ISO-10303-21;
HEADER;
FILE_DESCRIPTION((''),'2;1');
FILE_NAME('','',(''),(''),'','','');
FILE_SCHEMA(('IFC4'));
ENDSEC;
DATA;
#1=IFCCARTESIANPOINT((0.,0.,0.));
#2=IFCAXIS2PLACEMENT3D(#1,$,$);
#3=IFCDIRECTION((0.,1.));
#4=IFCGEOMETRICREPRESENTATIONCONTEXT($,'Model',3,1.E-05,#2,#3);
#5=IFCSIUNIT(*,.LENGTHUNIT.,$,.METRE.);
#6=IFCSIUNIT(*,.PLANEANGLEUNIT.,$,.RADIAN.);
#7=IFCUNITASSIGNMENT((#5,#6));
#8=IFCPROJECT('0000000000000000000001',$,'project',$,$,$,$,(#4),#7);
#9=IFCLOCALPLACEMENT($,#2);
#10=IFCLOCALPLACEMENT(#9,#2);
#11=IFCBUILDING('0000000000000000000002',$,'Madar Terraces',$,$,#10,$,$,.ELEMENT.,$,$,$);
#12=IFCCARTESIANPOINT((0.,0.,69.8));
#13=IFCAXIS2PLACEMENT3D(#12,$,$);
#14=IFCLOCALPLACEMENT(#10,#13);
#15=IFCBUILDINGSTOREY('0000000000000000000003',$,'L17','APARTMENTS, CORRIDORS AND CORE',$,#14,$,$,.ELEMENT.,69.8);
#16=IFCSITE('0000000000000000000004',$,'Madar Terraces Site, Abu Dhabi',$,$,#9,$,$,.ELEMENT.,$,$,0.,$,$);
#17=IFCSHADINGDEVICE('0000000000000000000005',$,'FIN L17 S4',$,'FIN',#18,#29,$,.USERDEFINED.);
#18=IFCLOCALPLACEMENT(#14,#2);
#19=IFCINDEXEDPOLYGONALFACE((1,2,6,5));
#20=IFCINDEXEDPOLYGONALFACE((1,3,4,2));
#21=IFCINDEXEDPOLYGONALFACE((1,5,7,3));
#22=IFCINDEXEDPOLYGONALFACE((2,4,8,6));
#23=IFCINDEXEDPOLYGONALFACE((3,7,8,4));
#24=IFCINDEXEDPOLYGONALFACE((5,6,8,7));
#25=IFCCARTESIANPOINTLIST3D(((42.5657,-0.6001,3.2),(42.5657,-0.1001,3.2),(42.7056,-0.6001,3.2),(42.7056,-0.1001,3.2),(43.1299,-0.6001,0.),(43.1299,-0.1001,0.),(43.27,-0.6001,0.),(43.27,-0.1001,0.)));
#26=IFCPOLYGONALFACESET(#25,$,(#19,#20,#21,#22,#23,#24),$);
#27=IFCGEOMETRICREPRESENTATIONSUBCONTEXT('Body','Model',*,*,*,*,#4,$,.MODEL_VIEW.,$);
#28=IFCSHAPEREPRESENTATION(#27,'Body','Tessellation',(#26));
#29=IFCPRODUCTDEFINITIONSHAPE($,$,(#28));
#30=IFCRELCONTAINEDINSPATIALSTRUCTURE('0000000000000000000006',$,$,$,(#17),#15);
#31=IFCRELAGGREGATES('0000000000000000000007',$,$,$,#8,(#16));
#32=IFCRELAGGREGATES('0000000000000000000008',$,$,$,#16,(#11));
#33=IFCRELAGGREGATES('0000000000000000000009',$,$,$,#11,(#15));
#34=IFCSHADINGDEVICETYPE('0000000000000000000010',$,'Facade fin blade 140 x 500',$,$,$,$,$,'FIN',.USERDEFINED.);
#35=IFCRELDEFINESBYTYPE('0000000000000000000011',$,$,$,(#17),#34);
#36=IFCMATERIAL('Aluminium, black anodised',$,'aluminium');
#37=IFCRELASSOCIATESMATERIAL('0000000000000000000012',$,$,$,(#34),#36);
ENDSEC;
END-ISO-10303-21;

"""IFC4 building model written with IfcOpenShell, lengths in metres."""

from ifc_helpers import new_model, si_unit, direction, frame, origin, place, context, subcontext, project, spatial, polyline, outline, extrude, material, type_object, element, save


model = new_model("IFC4")

# Units and contexts
model_context = context("Model", 3, precision=1e-05, world=origin(), true_north=direction((0.0, 1.0)))
body_context = subcontext(model_context, "Body", "Model", "MODEL_VIEW")
ifc_project = project(units=[si_unit("LENGTHUNIT", "METRE"), si_unit("PLANEANGLEUNIT", "RADIAN")], contexts=[model_context])

# Site, building, storey
site_placement = place(None, origin())
site = spatial("IfcSite", under=ifc_project, at=site_placement, Name="Madar Terraces Site, Abu Dhabi", CompositionType="ELEMENT", RefElevation=0.0)
building_placement = place(site_placement, origin())
building = spatial("IfcBuilding", under=site, at=building_placement, Name="Madar Terraces", CompositionType="ELEMENT")
storey_placement = place(building_placement, frame((0.0, 0.0, 69.8)))
storey = spatial("IfcBuildingStorey", under=building, at=storey_placement, Name="L17", Description="APARTMENTS, CORRIDORS AND CORE", CompositionType="ELEMENT", Elevation=69.8)

# Shading device
ifc_material_1 = material(Name="Aluminium, black anodised", Category="aluminium")
shading_device_type = type_object("IfcShadingDeviceType", Name="Facade fin blade 140 x 500", ElementType="FIN", PredefinedType="USERDEFINED", material=ifc_material_1)
shading_device_1_placement = place(storey_placement, frame((43.1299, -0.3501, 0.0), z_axis=(0.0, 0.0, 1.0), x_axis=(1.0, 0.0, 0.0)))
element("IfcShadingDevice", 1, at=shading_device_1_placement, inside=storey, type_object=shading_device_type, Name="FIN L17 S4", ObjectType="FIN", PredefinedType="USERDEFINED", context=body_context, shape_type="SweptSolid", body=[
    extrude(outline(polyline([(0.0, 0.0), (0.1401, 0.0), (-0.4243, 3.2), (-0.5642, 3.2), (0.0, 0.0)])), frame((0.0, 0.25, 0.0), z_axis=(0.0, -1.0, 0.0), x_axis=(1.0, 0.0, 0.0)), (0.0, 0.0, 1.0), 0.5),
])

save(model, "model.ifc")
